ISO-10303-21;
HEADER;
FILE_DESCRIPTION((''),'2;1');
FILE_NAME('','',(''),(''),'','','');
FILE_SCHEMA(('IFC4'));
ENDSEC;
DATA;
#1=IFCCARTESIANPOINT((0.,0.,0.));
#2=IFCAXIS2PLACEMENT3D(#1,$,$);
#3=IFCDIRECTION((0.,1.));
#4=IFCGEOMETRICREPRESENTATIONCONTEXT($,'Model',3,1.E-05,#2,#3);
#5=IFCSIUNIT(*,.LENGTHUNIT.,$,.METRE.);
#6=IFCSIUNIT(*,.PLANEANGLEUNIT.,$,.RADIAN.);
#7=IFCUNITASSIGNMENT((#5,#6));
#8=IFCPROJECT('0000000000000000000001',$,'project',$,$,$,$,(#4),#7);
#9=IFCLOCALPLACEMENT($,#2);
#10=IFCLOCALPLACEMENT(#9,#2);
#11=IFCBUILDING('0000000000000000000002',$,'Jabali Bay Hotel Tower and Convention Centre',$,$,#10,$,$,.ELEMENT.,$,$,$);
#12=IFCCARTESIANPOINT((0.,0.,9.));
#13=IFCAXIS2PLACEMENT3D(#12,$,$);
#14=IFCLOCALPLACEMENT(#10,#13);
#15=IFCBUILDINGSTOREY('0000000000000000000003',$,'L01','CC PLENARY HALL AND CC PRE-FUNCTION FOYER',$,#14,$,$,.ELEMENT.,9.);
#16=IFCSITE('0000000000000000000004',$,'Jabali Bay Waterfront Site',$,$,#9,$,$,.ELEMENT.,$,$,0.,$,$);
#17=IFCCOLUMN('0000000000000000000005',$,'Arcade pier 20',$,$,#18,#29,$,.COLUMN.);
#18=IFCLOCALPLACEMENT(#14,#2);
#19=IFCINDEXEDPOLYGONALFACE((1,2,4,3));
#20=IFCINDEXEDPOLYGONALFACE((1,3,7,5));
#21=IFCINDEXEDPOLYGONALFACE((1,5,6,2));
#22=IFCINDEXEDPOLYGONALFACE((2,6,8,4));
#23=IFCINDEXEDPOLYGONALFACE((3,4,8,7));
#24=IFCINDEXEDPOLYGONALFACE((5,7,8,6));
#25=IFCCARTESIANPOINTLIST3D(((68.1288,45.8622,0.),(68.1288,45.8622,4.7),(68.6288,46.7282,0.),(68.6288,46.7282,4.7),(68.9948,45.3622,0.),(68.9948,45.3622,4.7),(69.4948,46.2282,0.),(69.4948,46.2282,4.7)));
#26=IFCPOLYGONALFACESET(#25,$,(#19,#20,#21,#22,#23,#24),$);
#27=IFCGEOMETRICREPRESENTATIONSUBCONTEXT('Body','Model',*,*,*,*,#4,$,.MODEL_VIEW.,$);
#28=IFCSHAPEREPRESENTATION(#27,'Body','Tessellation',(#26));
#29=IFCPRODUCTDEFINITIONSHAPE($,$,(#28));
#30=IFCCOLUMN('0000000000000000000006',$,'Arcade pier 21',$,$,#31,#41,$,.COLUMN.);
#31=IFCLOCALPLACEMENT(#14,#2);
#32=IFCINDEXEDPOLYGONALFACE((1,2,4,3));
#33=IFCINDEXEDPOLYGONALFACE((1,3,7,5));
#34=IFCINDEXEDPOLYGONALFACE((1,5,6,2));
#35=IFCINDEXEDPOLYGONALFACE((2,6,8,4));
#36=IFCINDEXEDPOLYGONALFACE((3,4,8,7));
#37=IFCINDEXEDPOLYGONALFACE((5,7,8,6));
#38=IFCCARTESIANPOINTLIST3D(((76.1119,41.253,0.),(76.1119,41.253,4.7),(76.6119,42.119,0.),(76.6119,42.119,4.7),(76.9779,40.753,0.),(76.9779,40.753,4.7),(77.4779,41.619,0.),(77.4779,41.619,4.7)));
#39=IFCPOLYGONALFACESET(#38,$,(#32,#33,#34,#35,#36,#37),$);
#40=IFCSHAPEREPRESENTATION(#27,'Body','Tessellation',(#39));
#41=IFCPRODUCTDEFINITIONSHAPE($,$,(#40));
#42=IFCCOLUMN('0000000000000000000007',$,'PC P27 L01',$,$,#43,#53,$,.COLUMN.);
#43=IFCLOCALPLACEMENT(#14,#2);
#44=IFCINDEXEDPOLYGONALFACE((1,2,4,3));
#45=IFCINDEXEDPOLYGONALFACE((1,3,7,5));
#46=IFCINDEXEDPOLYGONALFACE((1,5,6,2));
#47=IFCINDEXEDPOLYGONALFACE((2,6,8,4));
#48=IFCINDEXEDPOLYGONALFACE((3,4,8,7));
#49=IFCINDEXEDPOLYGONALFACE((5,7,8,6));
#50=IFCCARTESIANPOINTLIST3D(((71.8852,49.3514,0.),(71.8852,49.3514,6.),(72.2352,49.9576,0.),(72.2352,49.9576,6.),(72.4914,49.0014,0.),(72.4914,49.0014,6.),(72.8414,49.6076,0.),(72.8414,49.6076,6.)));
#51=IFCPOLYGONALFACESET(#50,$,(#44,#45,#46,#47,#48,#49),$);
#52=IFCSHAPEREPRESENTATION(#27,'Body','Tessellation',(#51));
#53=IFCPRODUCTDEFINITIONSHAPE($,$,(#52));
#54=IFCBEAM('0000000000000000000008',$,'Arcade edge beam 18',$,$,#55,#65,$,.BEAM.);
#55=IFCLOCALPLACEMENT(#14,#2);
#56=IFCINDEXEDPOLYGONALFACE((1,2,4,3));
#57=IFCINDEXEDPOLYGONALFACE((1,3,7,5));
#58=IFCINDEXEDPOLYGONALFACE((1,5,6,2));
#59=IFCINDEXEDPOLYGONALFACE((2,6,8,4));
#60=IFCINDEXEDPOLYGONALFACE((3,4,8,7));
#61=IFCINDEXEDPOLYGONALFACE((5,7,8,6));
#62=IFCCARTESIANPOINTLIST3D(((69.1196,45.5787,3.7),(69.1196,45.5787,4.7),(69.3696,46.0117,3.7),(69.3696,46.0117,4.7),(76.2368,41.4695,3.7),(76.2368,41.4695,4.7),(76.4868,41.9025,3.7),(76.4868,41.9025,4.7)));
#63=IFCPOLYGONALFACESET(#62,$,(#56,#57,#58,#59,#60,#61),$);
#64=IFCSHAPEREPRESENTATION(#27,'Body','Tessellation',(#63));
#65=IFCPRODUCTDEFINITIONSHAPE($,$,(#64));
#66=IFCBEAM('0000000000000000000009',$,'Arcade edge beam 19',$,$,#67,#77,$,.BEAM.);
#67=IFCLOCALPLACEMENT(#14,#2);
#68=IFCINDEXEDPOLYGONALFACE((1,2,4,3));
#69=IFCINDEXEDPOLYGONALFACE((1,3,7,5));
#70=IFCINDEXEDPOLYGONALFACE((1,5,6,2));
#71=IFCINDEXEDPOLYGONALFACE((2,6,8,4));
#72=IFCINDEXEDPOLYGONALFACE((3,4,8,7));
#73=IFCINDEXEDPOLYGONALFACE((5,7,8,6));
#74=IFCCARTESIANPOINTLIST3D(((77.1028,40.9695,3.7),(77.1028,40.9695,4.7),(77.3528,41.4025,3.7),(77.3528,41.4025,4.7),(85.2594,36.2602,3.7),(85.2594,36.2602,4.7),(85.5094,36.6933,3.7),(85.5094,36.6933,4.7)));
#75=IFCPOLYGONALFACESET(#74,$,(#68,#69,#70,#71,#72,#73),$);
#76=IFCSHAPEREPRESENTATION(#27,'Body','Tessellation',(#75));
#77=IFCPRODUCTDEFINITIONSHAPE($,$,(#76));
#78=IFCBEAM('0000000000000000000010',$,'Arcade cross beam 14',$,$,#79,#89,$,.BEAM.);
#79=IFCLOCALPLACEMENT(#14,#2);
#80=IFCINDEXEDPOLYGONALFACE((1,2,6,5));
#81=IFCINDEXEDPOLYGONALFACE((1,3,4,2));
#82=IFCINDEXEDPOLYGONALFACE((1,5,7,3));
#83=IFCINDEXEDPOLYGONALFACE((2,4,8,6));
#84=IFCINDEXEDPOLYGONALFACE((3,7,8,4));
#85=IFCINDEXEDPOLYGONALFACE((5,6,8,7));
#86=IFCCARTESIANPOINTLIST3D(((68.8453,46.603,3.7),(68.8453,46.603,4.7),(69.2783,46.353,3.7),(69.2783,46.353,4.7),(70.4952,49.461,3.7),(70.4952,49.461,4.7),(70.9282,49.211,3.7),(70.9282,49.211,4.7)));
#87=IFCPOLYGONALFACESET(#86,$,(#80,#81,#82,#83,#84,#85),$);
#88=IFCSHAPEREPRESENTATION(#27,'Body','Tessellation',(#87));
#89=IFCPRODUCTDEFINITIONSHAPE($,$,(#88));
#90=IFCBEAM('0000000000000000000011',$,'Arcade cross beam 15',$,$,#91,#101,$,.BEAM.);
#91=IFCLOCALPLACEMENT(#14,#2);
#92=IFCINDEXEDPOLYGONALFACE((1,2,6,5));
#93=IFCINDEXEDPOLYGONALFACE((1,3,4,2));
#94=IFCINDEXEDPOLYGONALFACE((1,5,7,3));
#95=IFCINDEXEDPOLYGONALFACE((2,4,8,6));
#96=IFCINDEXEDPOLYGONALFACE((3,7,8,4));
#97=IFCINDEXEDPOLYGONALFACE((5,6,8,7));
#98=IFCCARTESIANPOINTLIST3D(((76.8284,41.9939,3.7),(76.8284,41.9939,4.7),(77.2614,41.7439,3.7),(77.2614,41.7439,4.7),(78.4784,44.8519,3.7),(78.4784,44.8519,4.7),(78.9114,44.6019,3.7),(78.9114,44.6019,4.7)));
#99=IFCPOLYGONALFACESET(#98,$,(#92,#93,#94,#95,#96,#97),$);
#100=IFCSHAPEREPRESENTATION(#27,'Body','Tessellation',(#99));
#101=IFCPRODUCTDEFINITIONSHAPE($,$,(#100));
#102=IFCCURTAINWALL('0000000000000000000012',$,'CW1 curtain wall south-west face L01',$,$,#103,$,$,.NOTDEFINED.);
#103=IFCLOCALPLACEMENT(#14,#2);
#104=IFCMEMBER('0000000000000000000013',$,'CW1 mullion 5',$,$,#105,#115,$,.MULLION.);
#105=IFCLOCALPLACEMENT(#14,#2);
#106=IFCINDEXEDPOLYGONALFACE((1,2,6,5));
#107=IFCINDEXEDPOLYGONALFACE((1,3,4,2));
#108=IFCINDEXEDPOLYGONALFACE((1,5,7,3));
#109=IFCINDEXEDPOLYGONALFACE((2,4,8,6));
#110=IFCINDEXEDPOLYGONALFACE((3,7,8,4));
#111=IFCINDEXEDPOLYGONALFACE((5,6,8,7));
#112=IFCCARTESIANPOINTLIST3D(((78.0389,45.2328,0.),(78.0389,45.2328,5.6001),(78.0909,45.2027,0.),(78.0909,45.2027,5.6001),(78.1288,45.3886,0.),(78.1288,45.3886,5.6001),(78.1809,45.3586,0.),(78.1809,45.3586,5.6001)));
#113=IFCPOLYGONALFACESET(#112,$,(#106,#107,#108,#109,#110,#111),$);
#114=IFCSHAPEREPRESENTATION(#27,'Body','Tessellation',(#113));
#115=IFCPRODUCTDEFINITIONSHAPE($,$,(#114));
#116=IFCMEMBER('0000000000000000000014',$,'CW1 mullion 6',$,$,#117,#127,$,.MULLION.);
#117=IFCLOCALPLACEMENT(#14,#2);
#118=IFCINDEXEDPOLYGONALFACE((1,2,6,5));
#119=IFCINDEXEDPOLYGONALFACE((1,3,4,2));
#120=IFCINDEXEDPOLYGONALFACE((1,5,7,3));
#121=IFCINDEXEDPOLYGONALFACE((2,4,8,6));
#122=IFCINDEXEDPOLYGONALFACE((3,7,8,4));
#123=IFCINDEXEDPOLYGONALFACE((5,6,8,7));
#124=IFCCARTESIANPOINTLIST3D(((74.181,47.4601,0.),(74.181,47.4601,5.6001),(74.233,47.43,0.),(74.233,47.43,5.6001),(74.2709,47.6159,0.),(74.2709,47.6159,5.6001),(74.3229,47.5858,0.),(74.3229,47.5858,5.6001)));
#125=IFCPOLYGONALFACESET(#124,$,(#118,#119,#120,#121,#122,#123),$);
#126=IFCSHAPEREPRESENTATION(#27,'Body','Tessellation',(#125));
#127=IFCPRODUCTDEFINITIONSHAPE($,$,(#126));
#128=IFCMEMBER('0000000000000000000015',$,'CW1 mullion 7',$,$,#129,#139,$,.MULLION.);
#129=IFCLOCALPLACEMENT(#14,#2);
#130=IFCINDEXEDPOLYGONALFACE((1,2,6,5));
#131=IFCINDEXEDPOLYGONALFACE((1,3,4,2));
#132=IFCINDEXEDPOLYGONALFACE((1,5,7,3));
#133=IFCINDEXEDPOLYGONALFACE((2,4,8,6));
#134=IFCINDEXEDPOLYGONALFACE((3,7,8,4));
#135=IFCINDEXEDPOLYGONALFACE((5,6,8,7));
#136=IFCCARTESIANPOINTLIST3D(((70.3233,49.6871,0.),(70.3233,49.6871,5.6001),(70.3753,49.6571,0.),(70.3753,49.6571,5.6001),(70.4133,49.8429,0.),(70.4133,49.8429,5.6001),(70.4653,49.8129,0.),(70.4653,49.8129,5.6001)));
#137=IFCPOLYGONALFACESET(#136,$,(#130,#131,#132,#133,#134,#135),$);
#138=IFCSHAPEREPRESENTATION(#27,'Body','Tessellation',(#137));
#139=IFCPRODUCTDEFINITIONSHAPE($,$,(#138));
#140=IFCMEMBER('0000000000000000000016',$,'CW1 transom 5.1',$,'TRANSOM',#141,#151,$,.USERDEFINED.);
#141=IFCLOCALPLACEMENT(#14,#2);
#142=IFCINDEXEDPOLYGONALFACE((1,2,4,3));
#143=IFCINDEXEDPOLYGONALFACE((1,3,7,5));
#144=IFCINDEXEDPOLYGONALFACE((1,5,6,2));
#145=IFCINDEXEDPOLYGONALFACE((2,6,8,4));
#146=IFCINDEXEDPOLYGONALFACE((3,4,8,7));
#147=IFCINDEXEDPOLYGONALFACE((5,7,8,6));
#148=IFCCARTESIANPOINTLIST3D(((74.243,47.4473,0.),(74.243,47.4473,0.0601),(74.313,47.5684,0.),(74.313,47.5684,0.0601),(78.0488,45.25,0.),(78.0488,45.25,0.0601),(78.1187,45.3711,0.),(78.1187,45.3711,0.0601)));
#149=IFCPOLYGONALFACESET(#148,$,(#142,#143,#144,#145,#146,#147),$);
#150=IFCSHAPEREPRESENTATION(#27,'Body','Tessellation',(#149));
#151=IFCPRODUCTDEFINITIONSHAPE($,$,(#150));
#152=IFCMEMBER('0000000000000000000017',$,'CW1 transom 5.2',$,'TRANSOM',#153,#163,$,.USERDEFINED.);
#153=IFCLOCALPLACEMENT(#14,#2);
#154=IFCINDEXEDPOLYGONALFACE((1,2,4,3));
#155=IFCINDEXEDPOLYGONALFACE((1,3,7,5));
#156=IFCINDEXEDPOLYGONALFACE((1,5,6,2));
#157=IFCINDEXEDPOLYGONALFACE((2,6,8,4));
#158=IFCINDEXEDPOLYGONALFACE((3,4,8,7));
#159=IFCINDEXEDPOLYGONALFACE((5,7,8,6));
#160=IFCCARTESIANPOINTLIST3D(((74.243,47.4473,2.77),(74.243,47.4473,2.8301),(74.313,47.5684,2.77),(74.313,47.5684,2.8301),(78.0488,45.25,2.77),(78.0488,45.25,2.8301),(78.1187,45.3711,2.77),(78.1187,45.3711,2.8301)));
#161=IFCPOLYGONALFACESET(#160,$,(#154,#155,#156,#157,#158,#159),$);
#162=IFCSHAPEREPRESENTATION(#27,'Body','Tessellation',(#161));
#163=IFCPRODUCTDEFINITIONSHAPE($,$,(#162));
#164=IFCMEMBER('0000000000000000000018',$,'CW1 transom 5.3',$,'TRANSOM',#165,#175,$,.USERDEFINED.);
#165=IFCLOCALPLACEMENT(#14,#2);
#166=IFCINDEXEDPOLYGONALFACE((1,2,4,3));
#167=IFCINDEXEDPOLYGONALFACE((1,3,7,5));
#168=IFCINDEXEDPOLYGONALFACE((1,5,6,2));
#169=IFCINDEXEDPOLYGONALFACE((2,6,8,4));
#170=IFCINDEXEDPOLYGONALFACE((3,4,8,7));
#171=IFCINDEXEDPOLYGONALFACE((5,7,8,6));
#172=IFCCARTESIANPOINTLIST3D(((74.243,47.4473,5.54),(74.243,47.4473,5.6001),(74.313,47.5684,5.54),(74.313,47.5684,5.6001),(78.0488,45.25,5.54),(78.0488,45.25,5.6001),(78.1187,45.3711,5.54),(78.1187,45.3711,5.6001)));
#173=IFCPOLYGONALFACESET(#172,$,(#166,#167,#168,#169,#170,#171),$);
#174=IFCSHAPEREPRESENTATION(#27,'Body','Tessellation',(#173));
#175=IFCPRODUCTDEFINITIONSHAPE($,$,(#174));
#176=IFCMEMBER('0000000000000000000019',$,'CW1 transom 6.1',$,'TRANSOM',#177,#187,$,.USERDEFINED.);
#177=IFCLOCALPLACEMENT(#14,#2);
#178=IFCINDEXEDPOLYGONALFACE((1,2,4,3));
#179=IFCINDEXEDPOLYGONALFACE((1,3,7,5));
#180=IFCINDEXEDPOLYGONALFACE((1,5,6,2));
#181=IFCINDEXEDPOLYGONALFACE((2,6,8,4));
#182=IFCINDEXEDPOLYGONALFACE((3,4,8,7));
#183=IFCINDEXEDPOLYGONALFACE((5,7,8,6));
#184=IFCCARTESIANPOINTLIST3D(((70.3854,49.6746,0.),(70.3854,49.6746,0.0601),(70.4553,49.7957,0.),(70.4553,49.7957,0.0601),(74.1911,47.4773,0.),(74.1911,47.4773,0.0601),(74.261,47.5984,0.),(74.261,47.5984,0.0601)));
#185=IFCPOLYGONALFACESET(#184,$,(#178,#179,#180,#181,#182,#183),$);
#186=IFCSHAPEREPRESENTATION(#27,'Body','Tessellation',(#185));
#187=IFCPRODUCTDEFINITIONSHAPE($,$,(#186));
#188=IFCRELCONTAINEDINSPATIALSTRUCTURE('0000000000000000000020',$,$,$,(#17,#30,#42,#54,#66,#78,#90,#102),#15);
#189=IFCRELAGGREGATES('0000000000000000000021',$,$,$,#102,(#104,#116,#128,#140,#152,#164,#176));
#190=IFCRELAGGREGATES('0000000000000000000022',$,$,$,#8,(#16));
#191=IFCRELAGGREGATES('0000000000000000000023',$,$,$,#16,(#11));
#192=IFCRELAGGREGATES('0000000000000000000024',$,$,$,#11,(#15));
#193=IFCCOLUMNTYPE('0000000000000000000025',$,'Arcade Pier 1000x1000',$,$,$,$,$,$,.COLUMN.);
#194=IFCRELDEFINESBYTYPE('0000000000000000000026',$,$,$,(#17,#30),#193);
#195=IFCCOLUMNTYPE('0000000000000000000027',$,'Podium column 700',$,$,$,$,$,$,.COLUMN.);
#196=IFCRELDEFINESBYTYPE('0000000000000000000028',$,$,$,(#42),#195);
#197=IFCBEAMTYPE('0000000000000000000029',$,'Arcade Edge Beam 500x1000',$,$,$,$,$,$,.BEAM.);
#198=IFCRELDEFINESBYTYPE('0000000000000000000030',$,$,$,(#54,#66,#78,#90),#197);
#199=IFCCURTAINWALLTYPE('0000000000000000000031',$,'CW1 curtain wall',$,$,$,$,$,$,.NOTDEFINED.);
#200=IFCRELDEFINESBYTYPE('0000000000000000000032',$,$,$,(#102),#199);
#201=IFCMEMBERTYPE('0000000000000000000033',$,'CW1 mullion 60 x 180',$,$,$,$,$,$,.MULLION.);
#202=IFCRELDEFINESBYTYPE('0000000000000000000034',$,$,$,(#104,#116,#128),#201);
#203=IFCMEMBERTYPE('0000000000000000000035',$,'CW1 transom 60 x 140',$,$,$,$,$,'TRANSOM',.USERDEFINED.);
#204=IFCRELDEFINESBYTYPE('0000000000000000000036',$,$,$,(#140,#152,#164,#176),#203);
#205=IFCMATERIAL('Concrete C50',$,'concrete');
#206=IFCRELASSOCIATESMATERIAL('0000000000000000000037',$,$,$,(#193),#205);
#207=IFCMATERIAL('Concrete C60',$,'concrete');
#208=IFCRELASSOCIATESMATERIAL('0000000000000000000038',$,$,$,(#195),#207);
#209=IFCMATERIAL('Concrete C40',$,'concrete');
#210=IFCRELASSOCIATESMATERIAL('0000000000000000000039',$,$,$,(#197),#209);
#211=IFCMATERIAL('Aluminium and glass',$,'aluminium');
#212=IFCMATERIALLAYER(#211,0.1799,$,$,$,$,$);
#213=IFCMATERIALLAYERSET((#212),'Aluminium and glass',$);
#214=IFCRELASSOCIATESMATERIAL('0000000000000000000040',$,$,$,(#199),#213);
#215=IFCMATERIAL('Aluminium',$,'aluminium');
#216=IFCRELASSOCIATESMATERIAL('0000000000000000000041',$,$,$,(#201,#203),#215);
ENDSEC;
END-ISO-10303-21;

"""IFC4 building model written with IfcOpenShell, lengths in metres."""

from ifc_helpers import new_model, si_unit, direction, frame, origin, origin_2d, place, context, subcontext, project, spatial, rectangle, extrude, material, layer, layer_set, material_profile, profile_set, type_object, element, aggregate, save


model = new_model("IFC4")

# Units and contexts
model_context = context("Model", 3, precision=1e-05, world=origin(), true_north=direction((0.0, 1.0)))
body_context = subcontext(model_context, "Body", "Model", "MODEL_VIEW")
ifc_project = project(units=[si_unit("LENGTHUNIT", "METRE"), si_unit("PLANEANGLEUNIT", "RADIAN")], contexts=[model_context])

# Site, building, storey
site_placement = place(None, origin())
site = spatial("IfcSite", under=ifc_project, at=site_placement, Name="Jabali Bay Waterfront Site", CompositionType="ELEMENT", RefElevation=0.0)
building_placement = place(site_placement, origin())
building = spatial("IfcBuilding", under=site, at=building_placement, Name="Jabali Bay Hotel Tower and Convention Centre", CompositionType="ELEMENT")
storey_placement = place(building_placement, frame((0.0, 0.0, 9.0)))
storey = spatial("IfcBuildingStorey", under=building, at=storey_placement, Name="L01", Description="CC PLENARY HALL AND CC PRE-FUNCTION FOYER", CompositionType="ELEMENT", Elevation=9.0)

# Columns
ifc_material_1 = material(Name="Concrete C50", Category="concrete")
ifc_material_profile_1 = material_profile(ifc_material_1, rectangle(XDim=1.0, YDim=1.0, at=origin_2d()), Name="RC 1000x1000")
ifc_profile_set_1 = profile_set([ifc_material_profile_1], Name="Concrete C50")
column_type_1 = type_object("IfcColumnType", Name="Arcade Pier 1000x1000", PredefinedType="COLUMN", material=ifc_profile_set_1)
for number, where, z_axis, x_axis, name in (
    (1, (68.8118, 46.0452, 0.0), (0.0, 0.0, 1.0), (0.866025, -0.5, 0.0), "Arcade pier 20"),
    (2, (76.7949, 41.436, 0.0), (0.0, 0.0, 1.0), (0.866025, -0.5, 0.0), "Arcade pier 21"),
):
    element("IfcColumn", number, at=place(storey_placement, frame(where, z_axis=z_axis, x_axis=x_axis)), inside=storey, type_object=column_type_1, Name=name, PredefinedType="COLUMN", context=body_context, shape_type="SweptSolid", body=[
        extrude(rectangle(XDim=1.0, YDim=1.0, at=origin_2d()), origin(), (0.0, 0.0, 1.0), 4.7),
    ])
ifc_material_2 = material(Name="Concrete C60", Category="concrete")
ifc_material_profile_2 = material_profile(ifc_material_2, rectangle(XDim=0.7, YDim=0.7, at=origin_2d()), Name="Podium column 700")
ifc_profile_set_2 = profile_set([ifc_material_profile_2], Name="Concrete C60")
column_type_2 = type_object("IfcColumnType", Name="Podium column 700", PredefinedType="COLUMN", material=ifc_profile_set_2)
column_placement = place(storey_placement, frame((72.3633, 49.4795, 0.0), z_axis=(0.0, 0.0, 1.0), x_axis=(0.5, 0.866025, 0.0)))
element("IfcColumn", 3, at=column_placement, inside=storey, type_object=column_type_2, Name="PC P27 L01", PredefinedType="COLUMN", context=body_context, shape_type="SweptSolid", body=[
    extrude(rectangle(XDim=0.7, YDim=0.7, at=origin_2d()), origin(), (0.0, 0.0, 1.0), 6.0),
])

# Beams
ifc_material_3 = material(Name="Concrete C40", Category="concrete")
ifc_material_profile_3 = material_profile(ifc_material_3, rectangle(XDim=0.5, YDim=1.0, at=origin_2d()), Name="RC 500x1000")
ifc_profile_set_3 = profile_set([ifc_material_profile_3], Name="Concrete C40")
beam_type = type_object("IfcBeamType", Name="Arcade Edge Beam 500x1000", PredefinedType="BEAM", material=ifc_profile_set_3)
beam_1_placement = place(storey_placement, frame((69.2446, 45.7952, 4.2), z_axis=(0.866024, -0.500002, 0.0), x_axis=(0.500002, 0.866024, 0.0)))
element("IfcBeam", 4, at=beam_1_placement, inside=storey, type_object=beam_type, Name="Arcade edge beam 18", PredefinedType="BEAM", context=body_context, shape_type="SweptSolid", body=[
    extrude(rectangle(XDim=0.5, YDim=1.0, at=origin_2d()), origin(), (0.0, 0.0, 1.0), 8.2183),
])
beam_2_placement = place(storey_placement, frame((77.2278, 41.186, 4.2), z_axis=(0.866022, -0.500006, 0.0), x_axis=(0.500006, 0.866022, 0.0)))
element("IfcBeam", 5, at=beam_2_placement, inside=storey, type_object=beam_type, Name="Arcade edge beam 19", PredefinedType="BEAM", context=body_context, shape_type="SweptSolid", body=[
    extrude(rectangle(XDim=0.5, YDim=1.0, at=origin_2d()), origin(), (0.0, 0.0, 1.0), 9.4185),
])
for number, where, z_axis, x_axis, name in (
    (6, (69.0618, 46.478, 4.2), (0.499974, 0.86604, 0.0), (-0.86604, 0.499974, 0.0), "Arcade cross beam 14"),
    (7, (77.0449, 41.8689, 4.2), (0.499974, 0.86604, 0.0), (-0.86604, 0.499974, 0.0), "Arcade cross beam 15"),
):
    element("IfcBeam", number, at=place(storey_placement, frame(where, z_axis=z_axis, x_axis=x_axis)), inside=storey, type_object=beam_type, Name=name, PredefinedType="BEAM", context=body_context, shape_type="SweptSolid", body=[
        extrude(rectangle(XDim=0.5, YDim=1.0, at=origin_2d()), origin(), (0.0, 0.0, 1.0), 3.3),
    ])

# Curtain wall, members
ifc_material_4 = material(Name="Aluminium and glass", Category="aluminium")
ifc_layer_1 = layer(ifc_material_4, 0.1799)
ifc_layer_set_1 = layer_set([ifc_layer_1], Name="Aluminium and glass")
curtain_wall_type = type_object("IfcCurtainWallType", Name="CW1 curtain wall", PredefinedType="NOTDEFINED", material=ifc_layer_set_1)
curtain_wall_placement = place(storey_placement, origin())
curtain_wall = element("IfcCurtainWall", 8, at=curtain_wall_placement, inside=storey, type_object=curtain_wall_type, Name="CW1 curtain wall south-west face L01", PredefinedType="NOTDEFINED")
ifc_material_5 = material(Name="Aluminium", Category="aluminium")
ifc_material_profile_4 = material_profile(ifc_material_5, rectangle(XDim=0.1799, YDim=0.0601, at=origin_2d()), Name="CW1 mullion 60 x 180")
ifc_profile_set_4 = profile_set([ifc_material_profile_4], Name="Aluminium")
member_type_1 = type_object("IfcMemberType", Name="CW1 mullion 60 x 180", PredefinedType="MULLION", material=ifc_profile_set_4)
member_1_placement = place(storey_placement, frame((78.1099, 45.2957, 0.0), z_axis=(0.0, 0.0, 1.0), x_axis=(-0.5, -0.866025, 0.0)))
member_1 = element("IfcMember", 9, at=member_1_placement, type_object=member_type_1, Name="CW1 mullion 5", PredefinedType="MULLION", context=body_context, shape_type="SweptSolid", body=[
    extrude(rectangle(XDim=0.1799, YDim=0.0601, at=origin_2d()), origin(), (0.0, 0.0, 1.0), 5.6001),
])
member_2_placement = place(storey_placement, frame((74.252, 47.5229, 0.0), z_axis=(0.0, 0.0, 1.0), x_axis=(-0.5, -0.866025, 0.0)))
member_2 = element("IfcMember", 10, at=member_2_placement, type_object=member_type_1, Name="CW1 mullion 6", PredefinedType="MULLION", context=body_context, shape_type="SweptSolid", body=[
    extrude(rectangle(XDim=0.1799, YDim=0.0601, at=origin_2d()), origin(), (0.0, 0.0, 1.0), 5.6001),
])
member_3_placement = place(storey_placement, frame((70.3943, 49.75, 0.0), z_axis=(0.0, 0.0, 1.0), x_axis=(-0.5, -0.866025, 0.0)))
member_3 = element("IfcMember", 11, at=member_3_placement, type_object=member_type_1, Name="CW1 mullion 7", PredefinedType="MULLION", context=body_context, shape_type="SweptSolid", body=[
    extrude(rectangle(XDim=0.1799, YDim=0.0601, at=origin_2d()), origin(), (0.0, 0.0, 1.0), 5.6001),
])
ifc_material_profile_5 = material_profile(ifc_material_5, rectangle(XDim=0.1399, YDim=0.0601, at=origin_2d()), Name="CW1 transom 60 x 140")
ifc_profile_set_5 = profile_set([ifc_material_profile_5], Name="Aluminium")
member_type_2 = type_object("IfcMemberType", Name="CW1 transom 60 x 140", ElementType="TRANSOM", PredefinedType="USERDEFINED", material=ifc_profile_set_5)
member_4_placement = place(storey_placement, frame((78.0837, 45.3105, 0.03), z_axis=(-0.866019, 0.500011, 0.0), x_axis=(-0.500011, -0.866019, 0.0)))
member_4 = element("IfcMember", 12, at=member_4_placement, type_object=member_type_2, Name="CW1 transom 5.1", ObjectType="TRANSOM", PredefinedType="USERDEFINED", context=body_context, shape_type="SweptSolid", body=[
    extrude(rectangle(XDim=0.1399, YDim=0.0601, at=origin_2d()), origin(), (0.0, 0.0, 1.0), 4.3945),
])
member_5_placement = place(storey_placement, frame((78.0837, 45.3105, 2.8), z_axis=(-0.866019, 0.500011, 0.0), x_axis=(-0.500011, -0.866019, 0.0)))
member_5 = element("IfcMember", 13, at=member_5_placement, type_object=member_type_2, Name="CW1 transom 5.2", ObjectType="TRANSOM", PredefinedType="USERDEFINED", context=body_context, shape_type="SweptSolid", body=[
    extrude(rectangle(XDim=0.1399, YDim=0.0601, at=origin_2d()), origin(), (0.0, 0.0, 1.0), 4.3945),
])
member_6_placement = place(storey_placement, frame((78.0837, 45.3105, 5.5701), z_axis=(-0.866019, 0.500011, 0.0), x_axis=(-0.500011, -0.866019, 0.0)))
member_6 = element("IfcMember", 14, at=member_6_placement, type_object=member_type_2, Name="CW1 transom 5.3", ObjectType="TRANSOM", PredefinedType="USERDEFINED", context=body_context, shape_type="SweptSolid", body=[
    extrude(rectangle(XDim=0.1399, YDim=0.0601, at=origin_2d()), origin(), (0.0, 0.0, 1.0), 4.3945),
])
member_7_placement = place(storey_placement, frame((74.2261, 47.5378, 0.03), z_axis=(-0.866019, 0.500011, 0.0), x_axis=(-0.500011, -0.866019, 0.0)))
member_7 = element("IfcMember", 15, at=member_7_placement, type_object=member_type_2, Name="CW1 transom 6.1", ObjectType="TRANSOM", PredefinedType="USERDEFINED", context=body_context, shape_type="SweptSolid", body=[
    extrude(rectangle(XDim=0.1399, YDim=0.0601, at=origin_2d()), origin(), (0.0, 0.0, 1.0), 4.3945),
])
aggregate(curtain_wall, [member_1, member_2, member_3, member_4, member_5, member_6, member_7])

save(model, "model.ifc")
